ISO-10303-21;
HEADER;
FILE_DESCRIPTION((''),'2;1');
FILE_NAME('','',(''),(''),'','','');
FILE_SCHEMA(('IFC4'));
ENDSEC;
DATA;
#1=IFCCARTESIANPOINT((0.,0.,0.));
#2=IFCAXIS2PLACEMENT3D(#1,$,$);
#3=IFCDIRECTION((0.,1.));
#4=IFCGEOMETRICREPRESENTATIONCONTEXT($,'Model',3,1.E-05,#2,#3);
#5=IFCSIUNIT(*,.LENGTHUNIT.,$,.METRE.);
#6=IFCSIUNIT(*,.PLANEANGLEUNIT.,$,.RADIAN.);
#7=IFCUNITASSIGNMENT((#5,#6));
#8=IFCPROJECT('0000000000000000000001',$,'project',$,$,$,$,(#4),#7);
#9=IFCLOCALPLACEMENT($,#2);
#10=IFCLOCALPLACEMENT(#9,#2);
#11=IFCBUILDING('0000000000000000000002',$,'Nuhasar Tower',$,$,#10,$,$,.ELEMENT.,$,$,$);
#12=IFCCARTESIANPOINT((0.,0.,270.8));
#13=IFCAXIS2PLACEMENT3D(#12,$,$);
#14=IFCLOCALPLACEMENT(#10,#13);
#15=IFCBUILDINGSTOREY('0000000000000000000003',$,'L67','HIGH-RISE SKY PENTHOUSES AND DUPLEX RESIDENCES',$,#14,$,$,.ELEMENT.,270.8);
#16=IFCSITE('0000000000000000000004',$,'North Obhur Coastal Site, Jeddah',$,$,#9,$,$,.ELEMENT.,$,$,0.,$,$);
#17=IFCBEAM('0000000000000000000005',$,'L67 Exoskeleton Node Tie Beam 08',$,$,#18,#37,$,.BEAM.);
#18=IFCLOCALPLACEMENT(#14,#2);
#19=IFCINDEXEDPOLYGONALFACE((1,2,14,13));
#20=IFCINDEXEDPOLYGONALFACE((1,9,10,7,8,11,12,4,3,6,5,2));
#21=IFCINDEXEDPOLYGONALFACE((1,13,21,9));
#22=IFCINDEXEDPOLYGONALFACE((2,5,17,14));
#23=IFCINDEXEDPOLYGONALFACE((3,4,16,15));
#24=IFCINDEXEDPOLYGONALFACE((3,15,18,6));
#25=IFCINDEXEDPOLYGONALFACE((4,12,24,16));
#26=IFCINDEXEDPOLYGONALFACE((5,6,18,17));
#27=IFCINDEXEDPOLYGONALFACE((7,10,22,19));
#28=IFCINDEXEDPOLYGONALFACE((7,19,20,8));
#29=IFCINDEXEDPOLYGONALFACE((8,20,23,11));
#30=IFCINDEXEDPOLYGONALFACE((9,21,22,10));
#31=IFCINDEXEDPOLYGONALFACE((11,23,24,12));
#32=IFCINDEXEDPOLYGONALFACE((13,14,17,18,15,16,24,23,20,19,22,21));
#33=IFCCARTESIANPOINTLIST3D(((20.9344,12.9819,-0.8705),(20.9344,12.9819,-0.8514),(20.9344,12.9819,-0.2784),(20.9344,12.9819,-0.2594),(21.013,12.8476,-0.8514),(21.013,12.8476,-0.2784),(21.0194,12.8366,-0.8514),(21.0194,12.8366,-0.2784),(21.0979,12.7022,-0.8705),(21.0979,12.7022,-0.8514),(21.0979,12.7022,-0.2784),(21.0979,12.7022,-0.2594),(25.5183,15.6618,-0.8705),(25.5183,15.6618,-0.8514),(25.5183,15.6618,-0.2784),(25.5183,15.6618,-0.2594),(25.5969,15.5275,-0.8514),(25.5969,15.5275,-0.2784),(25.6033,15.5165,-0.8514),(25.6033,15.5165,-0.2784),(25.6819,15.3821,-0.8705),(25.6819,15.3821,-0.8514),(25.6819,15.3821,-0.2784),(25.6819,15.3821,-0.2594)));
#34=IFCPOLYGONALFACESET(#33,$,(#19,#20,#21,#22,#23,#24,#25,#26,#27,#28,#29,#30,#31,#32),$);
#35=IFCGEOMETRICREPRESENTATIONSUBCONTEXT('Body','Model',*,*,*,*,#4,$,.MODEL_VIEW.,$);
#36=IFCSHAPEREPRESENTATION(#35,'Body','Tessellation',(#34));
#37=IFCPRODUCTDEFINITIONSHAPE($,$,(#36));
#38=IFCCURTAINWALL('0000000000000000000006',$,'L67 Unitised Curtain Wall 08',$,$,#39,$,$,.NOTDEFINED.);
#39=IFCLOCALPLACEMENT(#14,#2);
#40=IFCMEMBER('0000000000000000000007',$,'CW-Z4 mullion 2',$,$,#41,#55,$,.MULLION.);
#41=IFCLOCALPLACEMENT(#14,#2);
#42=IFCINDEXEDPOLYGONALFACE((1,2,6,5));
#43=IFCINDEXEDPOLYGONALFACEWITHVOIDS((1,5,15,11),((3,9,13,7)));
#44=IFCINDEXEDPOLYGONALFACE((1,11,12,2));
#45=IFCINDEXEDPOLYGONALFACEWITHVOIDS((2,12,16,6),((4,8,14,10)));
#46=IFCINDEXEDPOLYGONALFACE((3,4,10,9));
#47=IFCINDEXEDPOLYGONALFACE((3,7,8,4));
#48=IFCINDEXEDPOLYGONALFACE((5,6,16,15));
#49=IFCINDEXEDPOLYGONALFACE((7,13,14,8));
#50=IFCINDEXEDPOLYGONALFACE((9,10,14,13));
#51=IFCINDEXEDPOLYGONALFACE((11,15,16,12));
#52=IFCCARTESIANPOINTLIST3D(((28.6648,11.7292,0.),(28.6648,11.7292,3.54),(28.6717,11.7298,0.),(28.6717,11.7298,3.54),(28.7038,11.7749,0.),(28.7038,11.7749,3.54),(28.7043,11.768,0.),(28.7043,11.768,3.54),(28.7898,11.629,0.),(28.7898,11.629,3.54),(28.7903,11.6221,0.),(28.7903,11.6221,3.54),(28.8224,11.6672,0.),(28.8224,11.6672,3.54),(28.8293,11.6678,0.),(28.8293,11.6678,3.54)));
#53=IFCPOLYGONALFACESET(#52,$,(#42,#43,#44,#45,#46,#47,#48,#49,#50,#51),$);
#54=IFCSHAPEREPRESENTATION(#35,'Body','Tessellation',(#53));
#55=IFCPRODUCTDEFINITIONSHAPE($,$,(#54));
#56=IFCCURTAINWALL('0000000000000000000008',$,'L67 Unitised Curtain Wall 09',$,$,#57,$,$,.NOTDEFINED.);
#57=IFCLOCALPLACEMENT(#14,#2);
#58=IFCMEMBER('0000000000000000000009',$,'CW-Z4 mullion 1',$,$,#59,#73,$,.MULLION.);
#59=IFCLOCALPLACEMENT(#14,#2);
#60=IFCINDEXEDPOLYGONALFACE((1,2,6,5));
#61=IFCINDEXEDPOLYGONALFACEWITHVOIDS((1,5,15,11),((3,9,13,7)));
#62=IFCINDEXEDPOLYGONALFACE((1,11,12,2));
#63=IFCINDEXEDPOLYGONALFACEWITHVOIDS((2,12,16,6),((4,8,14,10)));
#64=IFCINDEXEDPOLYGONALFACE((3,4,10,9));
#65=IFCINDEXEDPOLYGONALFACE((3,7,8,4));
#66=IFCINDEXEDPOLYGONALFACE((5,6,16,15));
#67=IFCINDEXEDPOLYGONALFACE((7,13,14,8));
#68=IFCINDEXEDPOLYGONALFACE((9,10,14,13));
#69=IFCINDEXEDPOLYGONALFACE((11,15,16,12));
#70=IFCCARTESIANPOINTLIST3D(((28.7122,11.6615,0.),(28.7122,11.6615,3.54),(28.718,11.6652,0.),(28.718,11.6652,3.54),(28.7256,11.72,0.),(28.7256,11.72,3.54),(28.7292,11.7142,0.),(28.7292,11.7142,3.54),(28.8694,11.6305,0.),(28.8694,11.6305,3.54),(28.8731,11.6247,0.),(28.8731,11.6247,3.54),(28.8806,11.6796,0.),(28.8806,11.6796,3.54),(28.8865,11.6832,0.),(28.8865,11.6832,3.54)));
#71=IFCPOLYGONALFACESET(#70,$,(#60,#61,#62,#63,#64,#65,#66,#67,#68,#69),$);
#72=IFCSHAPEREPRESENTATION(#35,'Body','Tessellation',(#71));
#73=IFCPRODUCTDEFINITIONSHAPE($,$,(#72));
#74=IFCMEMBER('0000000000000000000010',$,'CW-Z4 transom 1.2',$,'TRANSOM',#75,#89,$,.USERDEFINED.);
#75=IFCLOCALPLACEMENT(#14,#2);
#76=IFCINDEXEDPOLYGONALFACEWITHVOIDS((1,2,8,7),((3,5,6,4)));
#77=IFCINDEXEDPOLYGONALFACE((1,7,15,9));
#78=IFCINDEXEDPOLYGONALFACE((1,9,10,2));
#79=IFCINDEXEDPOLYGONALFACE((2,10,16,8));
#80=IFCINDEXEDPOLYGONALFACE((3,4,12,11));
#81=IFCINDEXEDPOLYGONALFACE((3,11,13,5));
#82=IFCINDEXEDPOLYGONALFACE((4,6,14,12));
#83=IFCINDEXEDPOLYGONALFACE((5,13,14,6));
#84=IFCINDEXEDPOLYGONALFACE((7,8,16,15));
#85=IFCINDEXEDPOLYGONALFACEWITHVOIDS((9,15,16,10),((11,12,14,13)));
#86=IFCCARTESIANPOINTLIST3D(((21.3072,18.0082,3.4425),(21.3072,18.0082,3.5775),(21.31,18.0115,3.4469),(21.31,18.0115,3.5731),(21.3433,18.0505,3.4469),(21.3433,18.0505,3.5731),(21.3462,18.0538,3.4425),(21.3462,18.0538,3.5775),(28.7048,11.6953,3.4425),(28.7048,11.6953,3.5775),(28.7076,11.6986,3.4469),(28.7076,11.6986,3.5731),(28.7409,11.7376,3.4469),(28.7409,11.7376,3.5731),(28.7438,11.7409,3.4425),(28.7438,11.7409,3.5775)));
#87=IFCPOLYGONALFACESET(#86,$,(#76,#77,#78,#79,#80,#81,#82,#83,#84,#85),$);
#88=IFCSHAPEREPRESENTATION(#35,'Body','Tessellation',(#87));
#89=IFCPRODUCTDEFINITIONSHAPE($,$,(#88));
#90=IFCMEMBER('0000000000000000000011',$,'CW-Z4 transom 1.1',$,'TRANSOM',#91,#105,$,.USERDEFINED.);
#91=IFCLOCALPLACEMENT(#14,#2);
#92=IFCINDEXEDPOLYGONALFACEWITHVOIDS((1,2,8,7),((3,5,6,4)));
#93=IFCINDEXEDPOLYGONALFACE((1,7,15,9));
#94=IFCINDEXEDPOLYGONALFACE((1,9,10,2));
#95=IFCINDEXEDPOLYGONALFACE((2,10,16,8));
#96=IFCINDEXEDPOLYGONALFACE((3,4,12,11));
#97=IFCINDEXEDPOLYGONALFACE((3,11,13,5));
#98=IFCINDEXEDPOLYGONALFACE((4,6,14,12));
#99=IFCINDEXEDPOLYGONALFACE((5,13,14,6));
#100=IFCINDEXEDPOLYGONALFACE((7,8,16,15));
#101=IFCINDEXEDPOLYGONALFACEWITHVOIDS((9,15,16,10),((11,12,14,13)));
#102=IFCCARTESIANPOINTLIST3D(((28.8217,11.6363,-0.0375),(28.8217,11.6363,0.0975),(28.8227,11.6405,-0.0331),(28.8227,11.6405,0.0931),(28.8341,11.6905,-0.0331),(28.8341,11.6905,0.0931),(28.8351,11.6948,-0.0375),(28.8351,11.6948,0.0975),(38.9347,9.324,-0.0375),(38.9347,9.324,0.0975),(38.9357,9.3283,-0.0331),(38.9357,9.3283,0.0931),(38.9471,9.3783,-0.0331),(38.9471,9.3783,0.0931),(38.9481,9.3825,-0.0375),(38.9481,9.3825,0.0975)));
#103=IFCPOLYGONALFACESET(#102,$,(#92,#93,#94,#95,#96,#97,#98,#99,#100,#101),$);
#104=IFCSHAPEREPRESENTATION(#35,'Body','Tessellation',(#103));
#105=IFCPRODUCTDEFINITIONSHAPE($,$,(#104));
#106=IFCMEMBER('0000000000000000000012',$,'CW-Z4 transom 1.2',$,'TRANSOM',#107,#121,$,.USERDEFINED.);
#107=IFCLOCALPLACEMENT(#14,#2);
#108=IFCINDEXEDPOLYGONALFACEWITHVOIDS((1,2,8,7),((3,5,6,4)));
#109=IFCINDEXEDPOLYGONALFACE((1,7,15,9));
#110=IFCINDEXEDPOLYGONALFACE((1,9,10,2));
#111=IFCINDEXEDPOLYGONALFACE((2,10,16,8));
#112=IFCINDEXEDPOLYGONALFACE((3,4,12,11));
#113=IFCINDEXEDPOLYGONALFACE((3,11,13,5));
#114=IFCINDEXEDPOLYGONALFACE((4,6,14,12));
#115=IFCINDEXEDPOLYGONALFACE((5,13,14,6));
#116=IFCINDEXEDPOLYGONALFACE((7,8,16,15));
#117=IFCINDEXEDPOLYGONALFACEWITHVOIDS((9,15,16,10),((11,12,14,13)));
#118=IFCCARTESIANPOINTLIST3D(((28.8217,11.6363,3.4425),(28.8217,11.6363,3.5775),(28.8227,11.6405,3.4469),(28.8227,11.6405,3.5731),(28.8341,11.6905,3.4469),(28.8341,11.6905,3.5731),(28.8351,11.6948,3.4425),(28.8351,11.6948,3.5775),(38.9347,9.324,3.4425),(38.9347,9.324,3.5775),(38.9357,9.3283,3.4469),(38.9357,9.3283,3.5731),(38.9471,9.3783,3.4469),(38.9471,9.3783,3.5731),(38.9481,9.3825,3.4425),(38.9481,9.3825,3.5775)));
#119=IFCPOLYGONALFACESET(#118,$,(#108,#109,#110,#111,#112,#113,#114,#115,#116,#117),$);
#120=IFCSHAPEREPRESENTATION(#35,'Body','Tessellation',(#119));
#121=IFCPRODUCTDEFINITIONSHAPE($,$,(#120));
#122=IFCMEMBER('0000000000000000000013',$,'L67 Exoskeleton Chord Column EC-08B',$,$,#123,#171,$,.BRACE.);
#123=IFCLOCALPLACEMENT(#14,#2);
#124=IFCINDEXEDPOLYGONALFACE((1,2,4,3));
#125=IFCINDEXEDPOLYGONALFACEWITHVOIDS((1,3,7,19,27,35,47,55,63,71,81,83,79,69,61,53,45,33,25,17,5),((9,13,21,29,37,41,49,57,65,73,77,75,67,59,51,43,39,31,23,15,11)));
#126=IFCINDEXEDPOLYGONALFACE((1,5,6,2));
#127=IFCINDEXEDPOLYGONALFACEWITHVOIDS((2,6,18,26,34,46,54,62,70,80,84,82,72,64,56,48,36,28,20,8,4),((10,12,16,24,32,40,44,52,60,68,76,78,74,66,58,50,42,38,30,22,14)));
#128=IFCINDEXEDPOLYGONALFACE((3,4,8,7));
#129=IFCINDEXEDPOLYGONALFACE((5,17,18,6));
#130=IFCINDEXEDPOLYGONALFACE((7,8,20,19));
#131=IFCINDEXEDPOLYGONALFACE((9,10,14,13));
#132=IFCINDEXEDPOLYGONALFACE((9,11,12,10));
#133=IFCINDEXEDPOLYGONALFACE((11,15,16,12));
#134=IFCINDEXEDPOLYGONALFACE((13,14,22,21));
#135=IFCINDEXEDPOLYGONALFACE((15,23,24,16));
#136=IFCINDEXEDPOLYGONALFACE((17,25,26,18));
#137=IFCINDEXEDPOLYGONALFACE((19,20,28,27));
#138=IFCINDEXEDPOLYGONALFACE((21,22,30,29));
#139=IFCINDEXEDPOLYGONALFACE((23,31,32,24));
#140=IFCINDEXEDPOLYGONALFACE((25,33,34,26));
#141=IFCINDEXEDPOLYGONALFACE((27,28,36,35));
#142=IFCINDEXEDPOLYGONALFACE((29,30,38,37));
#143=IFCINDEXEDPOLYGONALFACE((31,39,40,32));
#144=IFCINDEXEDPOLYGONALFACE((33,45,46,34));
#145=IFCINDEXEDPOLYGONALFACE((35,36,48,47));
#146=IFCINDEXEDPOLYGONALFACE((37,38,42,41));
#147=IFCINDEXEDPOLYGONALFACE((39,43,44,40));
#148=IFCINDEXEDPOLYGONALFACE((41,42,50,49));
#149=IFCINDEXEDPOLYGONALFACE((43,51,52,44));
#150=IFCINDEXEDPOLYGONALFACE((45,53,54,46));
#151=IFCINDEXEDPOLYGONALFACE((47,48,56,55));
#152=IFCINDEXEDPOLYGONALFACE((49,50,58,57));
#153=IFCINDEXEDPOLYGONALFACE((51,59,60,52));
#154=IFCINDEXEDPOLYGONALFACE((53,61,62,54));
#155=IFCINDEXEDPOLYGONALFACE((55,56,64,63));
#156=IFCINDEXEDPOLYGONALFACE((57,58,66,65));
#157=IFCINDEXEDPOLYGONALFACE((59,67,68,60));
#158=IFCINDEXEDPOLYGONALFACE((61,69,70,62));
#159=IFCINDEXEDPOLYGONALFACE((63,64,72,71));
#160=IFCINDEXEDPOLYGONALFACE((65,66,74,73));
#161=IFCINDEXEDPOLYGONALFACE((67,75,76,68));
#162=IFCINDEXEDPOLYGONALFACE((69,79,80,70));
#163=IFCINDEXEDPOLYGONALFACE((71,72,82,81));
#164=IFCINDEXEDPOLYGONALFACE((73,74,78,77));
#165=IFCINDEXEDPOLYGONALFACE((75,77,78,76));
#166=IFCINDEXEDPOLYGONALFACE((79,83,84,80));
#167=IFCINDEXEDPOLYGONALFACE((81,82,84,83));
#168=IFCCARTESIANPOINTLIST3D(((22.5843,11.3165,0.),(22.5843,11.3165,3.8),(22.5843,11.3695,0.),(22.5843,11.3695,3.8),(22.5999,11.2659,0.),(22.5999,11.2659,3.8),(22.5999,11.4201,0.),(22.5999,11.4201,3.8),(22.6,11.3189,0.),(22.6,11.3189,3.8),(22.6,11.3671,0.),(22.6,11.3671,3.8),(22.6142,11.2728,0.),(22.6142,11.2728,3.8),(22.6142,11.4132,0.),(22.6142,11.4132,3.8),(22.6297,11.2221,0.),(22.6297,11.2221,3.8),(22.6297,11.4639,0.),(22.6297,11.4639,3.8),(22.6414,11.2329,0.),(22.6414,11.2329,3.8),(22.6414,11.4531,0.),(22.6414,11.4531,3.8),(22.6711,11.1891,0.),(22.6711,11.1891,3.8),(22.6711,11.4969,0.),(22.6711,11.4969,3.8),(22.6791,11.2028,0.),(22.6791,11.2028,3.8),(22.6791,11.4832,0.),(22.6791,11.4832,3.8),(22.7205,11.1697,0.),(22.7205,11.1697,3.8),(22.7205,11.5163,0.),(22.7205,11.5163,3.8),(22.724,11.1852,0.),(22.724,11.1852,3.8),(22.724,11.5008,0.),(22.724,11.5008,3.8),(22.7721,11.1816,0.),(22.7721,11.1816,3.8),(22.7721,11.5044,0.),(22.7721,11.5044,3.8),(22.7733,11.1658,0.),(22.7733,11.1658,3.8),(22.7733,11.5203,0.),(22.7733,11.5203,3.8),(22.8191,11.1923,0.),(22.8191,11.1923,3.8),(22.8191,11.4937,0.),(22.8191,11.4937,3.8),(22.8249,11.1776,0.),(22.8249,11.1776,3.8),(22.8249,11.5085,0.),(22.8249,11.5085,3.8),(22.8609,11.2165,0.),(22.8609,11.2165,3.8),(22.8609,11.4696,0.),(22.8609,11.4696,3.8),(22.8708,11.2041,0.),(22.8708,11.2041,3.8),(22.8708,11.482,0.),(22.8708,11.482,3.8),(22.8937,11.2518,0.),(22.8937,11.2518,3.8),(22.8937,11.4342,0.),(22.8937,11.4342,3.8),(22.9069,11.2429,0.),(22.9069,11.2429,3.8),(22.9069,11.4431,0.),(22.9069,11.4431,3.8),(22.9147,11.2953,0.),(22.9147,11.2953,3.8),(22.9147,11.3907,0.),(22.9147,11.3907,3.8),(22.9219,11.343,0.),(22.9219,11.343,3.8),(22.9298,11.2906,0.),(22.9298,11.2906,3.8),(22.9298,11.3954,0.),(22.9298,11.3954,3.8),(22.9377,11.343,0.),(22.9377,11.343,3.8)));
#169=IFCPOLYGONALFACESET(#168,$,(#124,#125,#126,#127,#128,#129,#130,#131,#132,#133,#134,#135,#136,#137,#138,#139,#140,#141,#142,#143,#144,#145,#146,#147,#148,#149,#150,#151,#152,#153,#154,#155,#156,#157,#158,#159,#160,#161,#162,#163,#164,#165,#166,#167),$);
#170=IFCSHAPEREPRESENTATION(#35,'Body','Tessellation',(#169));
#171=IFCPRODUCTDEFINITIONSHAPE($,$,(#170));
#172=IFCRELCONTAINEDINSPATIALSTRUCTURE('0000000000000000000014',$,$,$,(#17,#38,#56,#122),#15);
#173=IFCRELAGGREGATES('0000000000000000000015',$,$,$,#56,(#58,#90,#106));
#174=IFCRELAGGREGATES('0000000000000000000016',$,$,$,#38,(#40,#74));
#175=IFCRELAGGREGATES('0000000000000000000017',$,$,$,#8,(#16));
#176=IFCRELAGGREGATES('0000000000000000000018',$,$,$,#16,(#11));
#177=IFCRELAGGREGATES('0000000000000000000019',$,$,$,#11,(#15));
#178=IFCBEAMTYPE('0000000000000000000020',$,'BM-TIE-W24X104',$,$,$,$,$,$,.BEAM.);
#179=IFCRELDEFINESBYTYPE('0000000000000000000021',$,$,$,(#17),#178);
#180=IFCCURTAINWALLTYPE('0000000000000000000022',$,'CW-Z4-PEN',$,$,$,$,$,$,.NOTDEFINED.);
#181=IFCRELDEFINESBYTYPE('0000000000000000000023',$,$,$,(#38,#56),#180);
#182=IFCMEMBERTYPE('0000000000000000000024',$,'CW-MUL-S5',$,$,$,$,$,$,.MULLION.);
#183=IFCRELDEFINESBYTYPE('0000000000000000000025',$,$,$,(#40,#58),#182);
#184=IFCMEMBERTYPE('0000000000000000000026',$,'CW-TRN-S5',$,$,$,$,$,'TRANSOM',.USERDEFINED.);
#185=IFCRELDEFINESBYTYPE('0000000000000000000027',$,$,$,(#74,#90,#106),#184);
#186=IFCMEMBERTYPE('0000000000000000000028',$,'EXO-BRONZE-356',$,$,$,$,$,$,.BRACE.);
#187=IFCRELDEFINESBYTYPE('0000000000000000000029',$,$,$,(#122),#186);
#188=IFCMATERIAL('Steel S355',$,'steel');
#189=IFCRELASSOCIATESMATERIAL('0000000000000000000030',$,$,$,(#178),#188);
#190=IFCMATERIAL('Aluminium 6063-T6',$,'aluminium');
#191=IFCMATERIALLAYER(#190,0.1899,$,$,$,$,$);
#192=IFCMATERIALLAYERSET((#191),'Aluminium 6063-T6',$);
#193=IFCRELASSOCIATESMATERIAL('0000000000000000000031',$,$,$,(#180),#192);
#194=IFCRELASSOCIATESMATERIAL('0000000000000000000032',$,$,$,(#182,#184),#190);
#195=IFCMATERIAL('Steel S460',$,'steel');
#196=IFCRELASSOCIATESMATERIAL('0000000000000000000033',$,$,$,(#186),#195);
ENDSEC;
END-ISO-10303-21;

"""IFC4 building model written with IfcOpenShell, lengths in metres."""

from ifc_helpers import new_model, si_unit, direction, frame, origin, origin_2d, place, context, subcontext, project, spatial, hollow_rectangle, hollow_circle, i_section, extrude, material, layer, layer_set, material_profile, profile_set, type_object, element, aggregate, save


model = new_model("IFC4")

# Units and contexts
model_context = context("Model", 3, precision=1e-05, world=origin(), true_north=direction((0.0, 1.0)))
body_context = subcontext(model_context, "Body", "Model", "MODEL_VIEW")
ifc_project = project(units=[si_unit("LENGTHUNIT", "METRE"), si_unit("PLANEANGLEUNIT", "RADIAN")], contexts=[model_context])

# Site, building, storey
site_placement = place(None, origin())
site = spatial("IfcSite", under=ifc_project, at=site_placement, Name="North Obhur Coastal Site, Jeddah", CompositionType="ELEMENT", RefElevation=0.0)
building_placement = place(site_placement, origin())
building = spatial("IfcBuilding", under=site, at=building_placement, Name="Nuhasar Tower", CompositionType="ELEMENT")
storey_placement = place(building_placement, frame((0.0, 0.0, 270.8)))
storey = spatial("IfcBuildingStorey", under=building, at=storey_placement, Name="L67", Description="HIGH-RISE SKY PENTHOUSES AND DUPLEX RESIDENCES", CompositionType="ELEMENT", Elevation=270.8)

# Beam
ifc_material_1 = material(Name="Steel S355", Category="steel")
ifc_material_profile_1 = material_profile(ifc_material_1, i_section(OverallWidth=0.324, OverallDepth=0.6111, WebThickness=0.0127, FlangeThickness=0.019, at=origin_2d()), Name="W24X104")
ifc_profile_set_1 = profile_set([ifc_material_profile_1], Name="Steel S355")
beam_type_1 = type_object("IfcBeamType", Name="BM-TIE-W24X104", PredefinedType="BEAM", material=ifc_profile_set_1)
beam_1_placement = place(storey_placement, frame((25.6001, 15.522, -0.5649), z_axis=(-0.863292, -0.504706, 0.0), x_axis=(0.504706, -0.863292, 0.0)))
element("IfcBeam", 1, at=beam_1_placement, inside=storey, type_object=beam_type_1, Name="L67 Exoskeleton Node Tie Beam 08", PredefinedType="BEAM", context=body_context, shape_type="SweptSolid", body=[
    extrude(i_section(OverallWidth=0.324, OverallDepth=0.6111, WebThickness=0.0127, FlangeThickness=0.019, at=origin_2d()), origin(), (0.0, 0.0, 1.0), 5.3098),
])

# Curtain walls, members
ifc_material_2 = material(Name="Aluminium 6063-T6", Category="aluminium")
ifc_layer_1 = layer(ifc_material_2, 0.1899)
ifc_layer_set_1 = layer_set([ifc_layer_1], Name="Aluminium 6063-T6")
curtain_wall_type = type_object("IfcCurtainWallType", Name="CW-Z4-PEN", PredefinedType="NOTDEFINED", material=ifc_layer_set_1)
curtain_wall_1_placement = place(storey_placement, origin())
curtain_wall_1 = element("IfcCurtainWall", 2, at=curtain_wall_1_placement, inside=storey, type_object=curtain_wall_type, Name="L67 Unitised Curtain Wall 08", PredefinedType="NOTDEFINED")
ifc_material_profile_2 = material_profile(ifc_material_2, hollow_rectangle(XDim=0.0601, YDim=0.165, WallThickness=0.0049, at=origin_2d()), Name="CWM-5")
ifc_profile_set_2 = profile_set([ifc_material_profile_2], Name="Aluminium 6063-T6")
member_type_1 = type_object("IfcMemberType", Name="CW-MUL-S5", PredefinedType="MULLION", material=ifc_profile_set_2)
member_1_placement = place(storey_placement, frame((28.7471, 11.6985, 0.0), z_axis=(0.0, 0.0, 1.0), x_axis=(0.649142, 0.760667, 0.0)))
member_1 = element("IfcMember", 3, at=member_1_placement, type_object=member_type_1, Name="CW-Z4 mullion 2", PredefinedType="MULLION", context=body_context, shape_type="SweptSolid", body=[
    extrude(hollow_rectangle(XDim=0.0601, YDim=0.165, WallThickness=0.0049, at=origin_2d()), origin(), (0.0, 0.0, 1.0), 3.54),
])
curtain_wall_2_placement = place(storey_placement, origin())
curtain_wall_2 = element("IfcCurtainWall", 4, at=curtain_wall_2_placement, inside=storey, type_object=curtain_wall_type, Name="L67 Unitised Curtain Wall 09", PredefinedType="NOTDEFINED")
member_2_placement = place(storey_placement, frame((28.7993, 11.6724, 0.0), z_axis=(0.0, 0.0, 1.0), x_axis=(0.222889, 0.974844, 0.0)))
member_2 = element("IfcMember", 5, at=member_2_placement, type_object=member_type_1, Name="CW-Z4 mullion 1", PredefinedType="MULLION", context=body_context, shape_type="SweptSolid", body=[
    extrude(hollow_rectangle(XDim=0.0601, YDim=0.165, WallThickness=0.0049, at=origin_2d()), origin(), (0.0, 0.0, 1.0), 3.54),
])

# Members
ifc_material_profile_3 = material_profile(ifc_material_2, hollow_rectangle(XDim=0.0601, YDim=0.135, WallThickness=0.0044, at=origin_2d()), Name="CWT-5")
ifc_profile_set_3 = profile_set([ifc_material_profile_3], Name="Aluminium 6063-T6")
member_type_2 = type_object("IfcMemberType", Name="CW-TRN-S5", ElementType="TRANSOM", PredefinedType="USERDEFINED", material=ifc_profile_set_3)
member_3_placement = place(storey_placement, frame((21.3267, 18.031, 3.51), z_axis=(0.760672, -0.649136, 0.0), x_axis=(0.649136, 0.760672, 0.0)))
member_3 = element("IfcMember", 6, at=member_3_placement, type_object=member_type_2, Name="CW-Z4 transom 1.2", ObjectType="TRANSOM", PredefinedType="USERDEFINED", context=body_context, shape_type="SweptSolid", body=[
    extrude(hollow_rectangle(XDim=0.0601, YDim=0.135, WallThickness=0.0044, at=origin_2d()), origin(), (0.0, 0.0, 1.0), 9.7251),
])
member_4_placement = place(storey_placement, frame((28.8284, 11.6655, 0.03), z_axis=(0.974844, -0.222889, 0.0), x_axis=(0.222889, 0.974844, 0.0)))
member_4 = element("IfcMember", 7, at=member_4_placement, type_object=member_type_2, Name="CW-Z4 transom 1.1", ObjectType="TRANSOM", PredefinedType="USERDEFINED", context=body_context, shape_type="SweptSolid", body=[
    extrude(hollow_rectangle(XDim=0.0601, YDim=0.135, WallThickness=0.0044, at=origin_2d()), origin(), (0.0, 0.0, 1.0), 10.374),
])
member_5_placement = place(storey_placement, frame((28.8284, 11.6655, 3.51), z_axis=(0.974844, -0.222889, 0.0), x_axis=(0.222889, 0.974844, 0.0)))
member_5 = element("IfcMember", 8, at=member_5_placement, type_object=member_type_2, Name="CW-Z4 transom 1.2", ObjectType="TRANSOM", PredefinedType="USERDEFINED", context=body_context, shape_type="SweptSolid", body=[
    extrude(hollow_rectangle(XDim=0.0601, YDim=0.135, WallThickness=0.0044, at=origin_2d()), origin(), (0.0, 0.0, 1.0), 10.374),
])
aggregate(curtain_wall_2, [member_2, member_4, member_5])

# Member
ifc_material_3 = material(Name="Steel S460", Category="steel")
ifc_material_profile_4 = material_profile(ifc_material_3, hollow_circle(Radius=0.1777, WallThickness=0.0159, at=origin_2d()), Name="HSS355.6X15.9")
ifc_profile_set_4 = profile_set([ifc_material_profile_4], Name="Steel S460")
member_type_3 = type_object("IfcMemberType", Name="EXO-BRONZE-356", PredefinedType="BRACE", material=ifc_profile_set_4)
member_6_placement = place(storey_placement, frame((22.76, 11.343, 0.0), z_axis=(0.0, 0.0, 1.0), x_axis=(1.0, 0.0, 0.0)))
element("IfcMember", 9, at=member_6_placement, inside=storey, type_object=member_type_3, Name="L67 Exoskeleton Chord Column EC-08B", PredefinedType="BRACE", context=body_context, shape_type="SweptSolid", body=[
    extrude(hollow_circle(Radius=0.1777, WallThickness=0.0159, at=origin_2d()), origin(), (0.0, 0.0, 1.0), 3.8),
])

aggregate(curtain_wall_1, [member_1, member_3])

save(model, "model.ifc")
